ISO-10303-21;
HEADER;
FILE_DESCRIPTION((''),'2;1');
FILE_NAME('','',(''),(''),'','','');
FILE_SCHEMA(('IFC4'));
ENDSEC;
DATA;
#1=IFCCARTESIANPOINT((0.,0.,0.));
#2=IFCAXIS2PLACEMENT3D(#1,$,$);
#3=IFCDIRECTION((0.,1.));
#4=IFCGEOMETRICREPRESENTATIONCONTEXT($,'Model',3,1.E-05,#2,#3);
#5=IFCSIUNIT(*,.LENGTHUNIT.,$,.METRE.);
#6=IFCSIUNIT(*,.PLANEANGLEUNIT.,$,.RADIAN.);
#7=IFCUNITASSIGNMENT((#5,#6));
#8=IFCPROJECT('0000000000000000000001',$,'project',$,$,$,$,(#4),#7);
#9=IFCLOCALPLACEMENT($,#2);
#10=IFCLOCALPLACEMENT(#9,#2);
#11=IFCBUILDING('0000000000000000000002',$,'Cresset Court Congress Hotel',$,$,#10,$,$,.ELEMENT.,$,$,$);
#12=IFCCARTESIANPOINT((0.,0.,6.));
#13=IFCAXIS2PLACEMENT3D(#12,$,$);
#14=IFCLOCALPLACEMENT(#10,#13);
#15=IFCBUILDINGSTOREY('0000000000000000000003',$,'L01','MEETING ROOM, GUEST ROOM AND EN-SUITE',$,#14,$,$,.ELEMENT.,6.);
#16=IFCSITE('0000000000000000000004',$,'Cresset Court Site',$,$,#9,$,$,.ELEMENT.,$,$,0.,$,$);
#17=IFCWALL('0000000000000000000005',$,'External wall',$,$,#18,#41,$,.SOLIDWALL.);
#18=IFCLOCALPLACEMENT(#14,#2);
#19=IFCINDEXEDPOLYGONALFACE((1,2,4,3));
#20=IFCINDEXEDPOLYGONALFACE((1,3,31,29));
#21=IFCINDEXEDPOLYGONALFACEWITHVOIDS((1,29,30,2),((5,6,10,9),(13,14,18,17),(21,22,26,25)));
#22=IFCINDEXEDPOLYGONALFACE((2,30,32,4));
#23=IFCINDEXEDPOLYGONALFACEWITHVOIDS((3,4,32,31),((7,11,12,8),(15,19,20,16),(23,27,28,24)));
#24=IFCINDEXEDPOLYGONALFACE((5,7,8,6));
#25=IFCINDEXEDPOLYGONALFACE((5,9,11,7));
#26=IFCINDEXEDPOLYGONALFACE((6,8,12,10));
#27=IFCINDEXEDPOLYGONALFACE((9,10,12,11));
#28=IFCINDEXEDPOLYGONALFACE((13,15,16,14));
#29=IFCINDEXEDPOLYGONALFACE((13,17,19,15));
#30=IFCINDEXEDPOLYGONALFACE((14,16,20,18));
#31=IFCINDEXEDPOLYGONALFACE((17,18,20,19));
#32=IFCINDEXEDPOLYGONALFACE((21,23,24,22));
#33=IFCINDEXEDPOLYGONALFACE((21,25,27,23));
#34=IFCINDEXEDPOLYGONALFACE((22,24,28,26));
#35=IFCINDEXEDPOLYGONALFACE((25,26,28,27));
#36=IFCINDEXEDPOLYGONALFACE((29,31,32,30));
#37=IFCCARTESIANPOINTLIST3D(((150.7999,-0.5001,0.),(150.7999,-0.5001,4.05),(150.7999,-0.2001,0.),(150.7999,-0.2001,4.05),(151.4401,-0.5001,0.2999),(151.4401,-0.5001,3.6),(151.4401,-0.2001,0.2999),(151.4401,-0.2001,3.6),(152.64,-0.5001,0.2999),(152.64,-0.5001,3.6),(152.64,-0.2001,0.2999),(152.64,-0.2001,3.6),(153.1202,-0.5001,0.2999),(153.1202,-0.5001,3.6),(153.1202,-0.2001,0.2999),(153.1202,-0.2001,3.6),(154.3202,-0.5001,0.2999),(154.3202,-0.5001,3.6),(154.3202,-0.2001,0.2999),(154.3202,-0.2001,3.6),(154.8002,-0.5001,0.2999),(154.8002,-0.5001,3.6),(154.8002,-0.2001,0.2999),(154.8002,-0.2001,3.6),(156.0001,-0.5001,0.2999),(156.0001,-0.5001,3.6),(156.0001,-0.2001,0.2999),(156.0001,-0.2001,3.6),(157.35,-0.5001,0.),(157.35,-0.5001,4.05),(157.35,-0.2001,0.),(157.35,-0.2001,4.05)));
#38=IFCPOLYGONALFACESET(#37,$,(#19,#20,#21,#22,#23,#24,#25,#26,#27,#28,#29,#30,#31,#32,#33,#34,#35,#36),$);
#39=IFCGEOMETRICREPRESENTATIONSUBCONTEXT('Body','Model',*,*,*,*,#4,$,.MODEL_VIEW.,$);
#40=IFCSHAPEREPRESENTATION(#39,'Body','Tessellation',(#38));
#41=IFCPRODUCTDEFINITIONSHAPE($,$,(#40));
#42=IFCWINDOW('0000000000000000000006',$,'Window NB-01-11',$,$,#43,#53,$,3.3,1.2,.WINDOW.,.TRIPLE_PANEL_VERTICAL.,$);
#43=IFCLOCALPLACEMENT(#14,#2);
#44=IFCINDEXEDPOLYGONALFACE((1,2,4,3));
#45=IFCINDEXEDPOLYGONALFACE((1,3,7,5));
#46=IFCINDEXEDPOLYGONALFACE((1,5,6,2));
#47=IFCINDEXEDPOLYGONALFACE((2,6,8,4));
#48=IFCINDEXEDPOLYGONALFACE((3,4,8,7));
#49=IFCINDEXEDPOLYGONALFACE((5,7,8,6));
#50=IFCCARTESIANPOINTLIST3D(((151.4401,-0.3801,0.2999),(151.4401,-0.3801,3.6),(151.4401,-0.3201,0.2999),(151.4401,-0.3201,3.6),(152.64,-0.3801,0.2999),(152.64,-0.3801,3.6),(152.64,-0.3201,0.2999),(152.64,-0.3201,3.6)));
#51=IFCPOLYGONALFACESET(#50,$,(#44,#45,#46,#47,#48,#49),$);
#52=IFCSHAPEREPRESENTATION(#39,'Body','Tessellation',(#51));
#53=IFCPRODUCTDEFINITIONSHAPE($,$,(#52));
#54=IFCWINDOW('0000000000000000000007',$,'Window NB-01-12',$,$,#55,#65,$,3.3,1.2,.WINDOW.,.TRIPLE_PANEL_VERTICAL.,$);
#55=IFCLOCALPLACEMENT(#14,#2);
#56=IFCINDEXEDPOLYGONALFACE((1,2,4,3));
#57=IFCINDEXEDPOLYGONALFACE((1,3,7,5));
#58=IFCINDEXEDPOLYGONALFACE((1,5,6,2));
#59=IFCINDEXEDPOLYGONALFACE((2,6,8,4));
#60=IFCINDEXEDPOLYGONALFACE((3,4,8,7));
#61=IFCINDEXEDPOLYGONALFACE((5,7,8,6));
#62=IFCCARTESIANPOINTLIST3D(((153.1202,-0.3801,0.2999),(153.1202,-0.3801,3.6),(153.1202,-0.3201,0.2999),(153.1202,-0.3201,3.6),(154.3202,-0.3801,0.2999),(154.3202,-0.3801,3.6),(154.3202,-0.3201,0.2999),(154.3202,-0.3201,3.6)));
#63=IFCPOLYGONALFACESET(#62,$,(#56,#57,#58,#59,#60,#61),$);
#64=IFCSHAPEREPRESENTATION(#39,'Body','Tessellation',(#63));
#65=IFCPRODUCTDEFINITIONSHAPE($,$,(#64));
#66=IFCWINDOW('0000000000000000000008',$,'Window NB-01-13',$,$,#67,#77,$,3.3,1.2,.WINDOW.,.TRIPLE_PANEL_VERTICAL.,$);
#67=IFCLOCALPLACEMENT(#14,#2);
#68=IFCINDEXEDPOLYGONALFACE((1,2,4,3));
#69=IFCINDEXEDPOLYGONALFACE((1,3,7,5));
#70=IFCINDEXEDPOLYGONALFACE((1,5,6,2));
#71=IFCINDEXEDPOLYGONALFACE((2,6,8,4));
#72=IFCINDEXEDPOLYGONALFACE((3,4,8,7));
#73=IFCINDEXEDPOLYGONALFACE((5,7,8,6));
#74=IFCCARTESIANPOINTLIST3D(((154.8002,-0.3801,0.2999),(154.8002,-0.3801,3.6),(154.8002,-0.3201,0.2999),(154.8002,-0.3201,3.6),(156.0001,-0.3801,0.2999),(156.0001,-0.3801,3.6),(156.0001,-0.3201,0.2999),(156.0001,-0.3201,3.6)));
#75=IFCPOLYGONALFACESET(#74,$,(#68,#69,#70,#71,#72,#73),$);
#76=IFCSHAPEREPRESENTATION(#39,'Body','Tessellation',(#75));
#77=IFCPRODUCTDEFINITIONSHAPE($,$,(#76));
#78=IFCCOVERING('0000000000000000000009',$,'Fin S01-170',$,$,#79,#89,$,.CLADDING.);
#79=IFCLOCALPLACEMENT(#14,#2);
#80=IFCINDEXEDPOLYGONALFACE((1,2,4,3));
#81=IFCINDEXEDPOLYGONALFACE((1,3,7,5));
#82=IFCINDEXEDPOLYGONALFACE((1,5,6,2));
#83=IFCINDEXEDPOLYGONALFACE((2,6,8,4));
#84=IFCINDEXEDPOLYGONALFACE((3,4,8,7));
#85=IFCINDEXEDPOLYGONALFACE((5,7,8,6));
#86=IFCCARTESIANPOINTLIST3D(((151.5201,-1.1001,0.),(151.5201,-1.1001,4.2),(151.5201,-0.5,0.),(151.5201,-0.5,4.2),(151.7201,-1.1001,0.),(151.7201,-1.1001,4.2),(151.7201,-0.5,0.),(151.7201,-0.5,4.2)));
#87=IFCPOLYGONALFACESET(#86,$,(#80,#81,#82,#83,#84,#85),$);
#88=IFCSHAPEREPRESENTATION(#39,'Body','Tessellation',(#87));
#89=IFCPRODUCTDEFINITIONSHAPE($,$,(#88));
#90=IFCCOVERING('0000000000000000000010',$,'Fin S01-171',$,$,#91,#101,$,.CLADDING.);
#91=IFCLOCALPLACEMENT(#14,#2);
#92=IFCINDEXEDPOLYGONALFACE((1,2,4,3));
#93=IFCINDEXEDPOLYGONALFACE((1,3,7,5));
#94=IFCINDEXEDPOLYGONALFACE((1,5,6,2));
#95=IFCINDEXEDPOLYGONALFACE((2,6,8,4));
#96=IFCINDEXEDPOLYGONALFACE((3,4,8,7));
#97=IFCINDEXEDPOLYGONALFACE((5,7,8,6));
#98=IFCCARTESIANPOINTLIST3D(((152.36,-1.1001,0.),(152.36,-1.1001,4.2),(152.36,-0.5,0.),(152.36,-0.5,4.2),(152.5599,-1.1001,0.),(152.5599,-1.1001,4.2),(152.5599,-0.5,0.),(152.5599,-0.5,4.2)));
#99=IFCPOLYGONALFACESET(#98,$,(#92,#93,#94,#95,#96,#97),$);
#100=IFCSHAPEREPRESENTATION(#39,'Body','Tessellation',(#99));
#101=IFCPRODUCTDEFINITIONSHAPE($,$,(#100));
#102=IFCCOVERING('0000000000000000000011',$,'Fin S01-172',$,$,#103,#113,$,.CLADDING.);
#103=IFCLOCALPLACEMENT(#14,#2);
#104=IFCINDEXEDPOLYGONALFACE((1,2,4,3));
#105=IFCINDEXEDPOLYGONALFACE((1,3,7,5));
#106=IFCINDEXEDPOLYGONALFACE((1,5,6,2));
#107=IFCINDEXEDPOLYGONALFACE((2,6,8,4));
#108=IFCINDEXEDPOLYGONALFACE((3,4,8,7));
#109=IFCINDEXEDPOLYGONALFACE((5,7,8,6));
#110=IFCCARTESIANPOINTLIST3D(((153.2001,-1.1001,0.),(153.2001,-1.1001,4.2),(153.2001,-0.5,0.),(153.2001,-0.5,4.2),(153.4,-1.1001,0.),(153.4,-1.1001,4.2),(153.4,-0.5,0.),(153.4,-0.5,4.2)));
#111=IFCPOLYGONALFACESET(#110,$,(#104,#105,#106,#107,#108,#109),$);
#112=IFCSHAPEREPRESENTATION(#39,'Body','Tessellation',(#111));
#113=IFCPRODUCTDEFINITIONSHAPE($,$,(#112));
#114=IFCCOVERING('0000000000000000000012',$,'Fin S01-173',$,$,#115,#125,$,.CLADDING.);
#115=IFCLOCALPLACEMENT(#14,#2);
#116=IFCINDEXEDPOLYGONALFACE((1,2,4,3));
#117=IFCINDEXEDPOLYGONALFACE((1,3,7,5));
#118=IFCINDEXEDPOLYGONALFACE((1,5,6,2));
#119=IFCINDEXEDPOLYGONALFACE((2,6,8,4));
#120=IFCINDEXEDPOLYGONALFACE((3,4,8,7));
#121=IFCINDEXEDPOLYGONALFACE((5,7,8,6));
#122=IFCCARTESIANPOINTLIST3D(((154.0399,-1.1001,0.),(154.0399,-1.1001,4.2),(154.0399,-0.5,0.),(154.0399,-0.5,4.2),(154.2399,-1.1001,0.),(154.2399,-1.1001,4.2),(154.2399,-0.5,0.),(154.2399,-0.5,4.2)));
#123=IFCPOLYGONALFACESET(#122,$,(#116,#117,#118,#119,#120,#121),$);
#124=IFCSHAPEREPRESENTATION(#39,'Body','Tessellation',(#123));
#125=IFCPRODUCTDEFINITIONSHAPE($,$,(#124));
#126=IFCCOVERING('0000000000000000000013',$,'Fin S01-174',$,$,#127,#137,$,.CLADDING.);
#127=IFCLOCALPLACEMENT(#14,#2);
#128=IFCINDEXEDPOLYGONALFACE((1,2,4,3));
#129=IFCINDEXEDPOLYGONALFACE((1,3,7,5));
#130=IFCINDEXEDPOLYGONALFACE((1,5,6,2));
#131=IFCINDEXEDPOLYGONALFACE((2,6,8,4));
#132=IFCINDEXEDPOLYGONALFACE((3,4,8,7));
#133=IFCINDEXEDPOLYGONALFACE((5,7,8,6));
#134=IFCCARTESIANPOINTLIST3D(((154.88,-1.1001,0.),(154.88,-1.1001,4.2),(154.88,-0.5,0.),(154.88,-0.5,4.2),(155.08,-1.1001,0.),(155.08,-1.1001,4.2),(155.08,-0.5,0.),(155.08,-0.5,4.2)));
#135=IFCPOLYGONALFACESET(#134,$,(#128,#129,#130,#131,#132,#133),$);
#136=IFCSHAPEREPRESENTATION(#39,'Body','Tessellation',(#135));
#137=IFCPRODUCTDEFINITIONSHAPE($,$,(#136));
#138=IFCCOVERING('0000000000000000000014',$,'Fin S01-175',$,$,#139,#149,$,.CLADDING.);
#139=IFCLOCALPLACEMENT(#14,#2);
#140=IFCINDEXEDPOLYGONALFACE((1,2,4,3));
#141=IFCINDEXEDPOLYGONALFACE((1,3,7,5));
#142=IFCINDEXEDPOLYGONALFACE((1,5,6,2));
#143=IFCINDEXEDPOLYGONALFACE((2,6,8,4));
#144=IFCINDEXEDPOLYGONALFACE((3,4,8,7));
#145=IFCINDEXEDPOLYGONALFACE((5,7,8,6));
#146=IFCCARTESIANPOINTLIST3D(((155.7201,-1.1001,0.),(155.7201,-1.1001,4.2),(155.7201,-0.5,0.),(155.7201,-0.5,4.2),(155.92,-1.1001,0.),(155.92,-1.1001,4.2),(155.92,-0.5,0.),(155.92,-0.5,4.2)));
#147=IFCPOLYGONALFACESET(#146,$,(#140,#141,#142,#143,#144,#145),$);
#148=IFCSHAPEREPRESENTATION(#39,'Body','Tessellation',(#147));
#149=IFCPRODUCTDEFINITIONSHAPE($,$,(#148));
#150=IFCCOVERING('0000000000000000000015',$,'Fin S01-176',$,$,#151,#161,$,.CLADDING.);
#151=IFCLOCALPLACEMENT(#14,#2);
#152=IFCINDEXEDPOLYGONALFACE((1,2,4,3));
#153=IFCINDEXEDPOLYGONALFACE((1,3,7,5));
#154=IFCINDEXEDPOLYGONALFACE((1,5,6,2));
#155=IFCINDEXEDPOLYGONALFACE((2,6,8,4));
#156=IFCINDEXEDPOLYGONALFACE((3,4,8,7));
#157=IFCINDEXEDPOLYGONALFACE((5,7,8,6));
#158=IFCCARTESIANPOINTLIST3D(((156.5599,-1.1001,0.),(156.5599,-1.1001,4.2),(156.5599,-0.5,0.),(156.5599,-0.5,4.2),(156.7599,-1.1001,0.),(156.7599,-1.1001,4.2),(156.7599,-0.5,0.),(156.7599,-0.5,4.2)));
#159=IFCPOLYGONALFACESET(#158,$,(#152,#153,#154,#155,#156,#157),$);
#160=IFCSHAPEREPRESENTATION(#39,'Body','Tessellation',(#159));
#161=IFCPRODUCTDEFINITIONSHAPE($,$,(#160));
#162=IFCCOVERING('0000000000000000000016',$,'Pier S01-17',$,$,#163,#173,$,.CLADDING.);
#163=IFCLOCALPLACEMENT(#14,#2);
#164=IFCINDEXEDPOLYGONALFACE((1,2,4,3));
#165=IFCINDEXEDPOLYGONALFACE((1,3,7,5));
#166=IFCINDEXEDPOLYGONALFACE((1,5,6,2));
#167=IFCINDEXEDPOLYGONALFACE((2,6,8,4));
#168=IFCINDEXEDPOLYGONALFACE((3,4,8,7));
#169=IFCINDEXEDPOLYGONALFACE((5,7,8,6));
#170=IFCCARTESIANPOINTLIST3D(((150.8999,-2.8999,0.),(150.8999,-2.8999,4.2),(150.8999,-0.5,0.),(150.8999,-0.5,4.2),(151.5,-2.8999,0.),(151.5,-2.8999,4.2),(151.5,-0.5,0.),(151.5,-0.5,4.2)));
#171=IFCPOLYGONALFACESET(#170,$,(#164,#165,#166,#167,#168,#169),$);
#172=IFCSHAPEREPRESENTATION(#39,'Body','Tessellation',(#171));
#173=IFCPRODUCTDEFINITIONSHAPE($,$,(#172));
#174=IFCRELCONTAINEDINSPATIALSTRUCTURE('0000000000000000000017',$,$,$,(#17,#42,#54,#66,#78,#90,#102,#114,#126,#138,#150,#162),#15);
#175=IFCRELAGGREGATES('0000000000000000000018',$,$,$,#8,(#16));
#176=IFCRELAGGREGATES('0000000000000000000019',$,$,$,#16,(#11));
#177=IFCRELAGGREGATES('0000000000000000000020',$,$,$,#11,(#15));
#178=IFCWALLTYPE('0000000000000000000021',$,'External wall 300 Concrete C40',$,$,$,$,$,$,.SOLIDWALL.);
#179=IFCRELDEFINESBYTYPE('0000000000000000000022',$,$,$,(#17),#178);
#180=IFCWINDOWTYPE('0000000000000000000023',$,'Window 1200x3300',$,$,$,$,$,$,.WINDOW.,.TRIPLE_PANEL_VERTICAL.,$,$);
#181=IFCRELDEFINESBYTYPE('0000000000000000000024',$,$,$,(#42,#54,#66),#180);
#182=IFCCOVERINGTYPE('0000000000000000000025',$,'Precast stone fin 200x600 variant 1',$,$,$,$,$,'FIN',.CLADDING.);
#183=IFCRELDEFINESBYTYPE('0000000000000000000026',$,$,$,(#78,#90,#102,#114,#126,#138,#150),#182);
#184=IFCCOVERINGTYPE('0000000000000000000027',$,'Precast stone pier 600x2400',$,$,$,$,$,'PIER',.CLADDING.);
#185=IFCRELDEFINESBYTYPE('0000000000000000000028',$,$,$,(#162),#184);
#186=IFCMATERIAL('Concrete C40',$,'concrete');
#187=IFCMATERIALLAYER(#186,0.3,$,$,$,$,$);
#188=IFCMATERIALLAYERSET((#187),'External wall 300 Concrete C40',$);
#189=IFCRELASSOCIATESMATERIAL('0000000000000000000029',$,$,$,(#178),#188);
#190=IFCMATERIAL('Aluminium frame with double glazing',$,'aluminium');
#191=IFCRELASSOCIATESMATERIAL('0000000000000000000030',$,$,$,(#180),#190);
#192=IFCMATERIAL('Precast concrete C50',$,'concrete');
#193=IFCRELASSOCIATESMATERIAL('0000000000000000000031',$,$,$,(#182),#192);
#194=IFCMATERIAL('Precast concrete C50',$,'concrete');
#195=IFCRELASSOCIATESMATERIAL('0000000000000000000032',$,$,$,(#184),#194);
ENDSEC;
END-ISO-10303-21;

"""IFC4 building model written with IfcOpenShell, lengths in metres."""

from ifc_helpers import new_model, si_unit, direction, frame, frame_2d, origin, origin_2d, place, context, subcontext, project, spatial, rectangle, extrude, material, layer, layer_set, type_object, element, fill, save


model = new_model("IFC4")

# Units and contexts
model_context = context("Model", 3, precision=1e-05, world=origin(), true_north=direction((0.0, 1.0)))
body_context = subcontext(model_context, "Body", "Model", "MODEL_VIEW")
ifc_project = project(units=[si_unit("LENGTHUNIT", "METRE"), si_unit("PLANEANGLEUNIT", "RADIAN")], contexts=[model_context])

# Site, building, storey
site_placement = place(None, origin())
site = spatial("IfcSite", under=ifc_project, at=site_placement, Name="Cresset Court Site", CompositionType="ELEMENT", RefElevation=0.0)
building_placement = place(site_placement, origin())
building = spatial("IfcBuilding", under=site, at=building_placement, Name="Cresset Court Congress Hotel", CompositionType="ELEMENT")
storey_placement = place(building_placement, frame((0.0, 0.0, 6.0)))
storey = spatial("IfcBuildingStorey", under=building, at=storey_placement, Name="L01", Description="MEETING ROOM, GUEST ROOM AND EN-SUITE", CompositionType="ELEMENT", Elevation=6.0)

# Wall, openings, windows
ifc_material_1 = material(Name="Concrete C40", Category="concrete")
ifc_layer_1 = layer(ifc_material_1, 0.3)
ifc_layer_set_1 = layer_set([ifc_layer_1], Name="External wall 300 Concrete C40")
wall_type = type_object("IfcWallType", Name="External wall 300 Concrete C40", PredefinedType="SOLIDWALL", material=ifc_layer_set_1)
wall_placement = place(storey_placement, frame((150.8, -0.3501, 0.0), z_axis=(0.0, 0.0, 1.0), x_axis=(1.0, 0.0, 0.0)))
wall = element("IfcWall", 1, at=wall_placement, inside=storey, type_object=wall_type, Name="External wall", PredefinedType="SOLIDWALL", context=body_context, shape_type="SweptSolid", body=[
    extrude(rectangle(XDim=6.55, YDim=0.3, at=frame_2d((3.2749, 0.0))), origin(), (0.0, 0.0, 1.0), 4.05),
])
opening_1_placement = place(wall_placement, frame((0.6399, 0.0, 0.3)))
opening_1 = element("IfcOpeningElement", 2, at=opening_1_placement, cuts=wall, PredefinedType="OPENING", context=body_context, shape_type="SweptSolid", body=[
    extrude(rectangle(XDim=1.2, YDim=3.3, at=frame_2d((0.6001, 1.6499))), frame((0.0, 0.1599, 0.0), z_axis=(0.0, -1.0, 0.0), x_axis=(1.0, 0.0, 0.0)), (0.0, 0.0, 1.0), 0.3201),
])
opening_2_placement = place(wall_placement, frame((2.3201, 0.0, 0.3)))
opening_2 = element("IfcOpeningElement", 3, at=opening_2_placement, cuts=wall, PredefinedType="OPENING", context=body_context, shape_type="SweptSolid", body=[
    extrude(rectangle(XDim=1.2, YDim=3.3, at=frame_2d((0.6001, 1.6499))), frame((0.0, 0.1599, 0.0), z_axis=(0.0, -1.0, 0.0), x_axis=(1.0, 0.0, 0.0)), (0.0, 0.0, 1.0), 0.3201),
])
opening_3_placement = place(wall_placement, frame((4.0, 0.0, 0.3)))
opening_3 = element("IfcOpeningElement", 4, at=opening_3_placement, cuts=wall, PredefinedType="OPENING", context=body_context, shape_type="SweptSolid", body=[
    extrude(rectangle(XDim=1.2, YDim=3.3, at=frame_2d((0.6001, 1.6499))), frame((0.0, 0.1599, 0.0), z_axis=(0.0, -1.0, 0.0), x_axis=(1.0, 0.0, 0.0)), (0.0, 0.0, 1.0), 0.3201),
])
ifc_material_2 = material(Name="Aluminium frame with double glazing", Category="aluminium")
window_type = type_object("IfcWindowType", Name="Window 1200x3300", PartitioningType="TRIPLE_PANEL_VERTICAL", PredefinedType="WINDOW", material=ifc_material_2)
window_1_placement = place(opening_1_placement, origin())
window_1 = element("IfcWindow", 5, at=window_1_placement, inside=storey, type_object=window_type, Name="Window NB-01-11", OverallHeight=3.3, OverallWidth=1.2, PartitioningType="TRIPLE_PANEL_VERTICAL", PredefinedType="WINDOW", context=body_context, shape_type="SweptSolid", body=[
    extrude(rectangle(XDim=1.2, YDim=3.3, at=frame_2d((0.6001, 1.6499))), frame((0.0, 0.03, 0.0), z_axis=(0.0, -1.0, 0.0), x_axis=(1.0, 0.0, 0.0)), (0.0, 0.0, 1.0), 0.0601),
])
fill(opening_1, window_1)
window_2_placement = place(opening_2_placement, origin())
window_2 = element("IfcWindow", 6, at=window_2_placement, inside=storey, type_object=window_type, Name="Window NB-01-12", OverallHeight=3.3, OverallWidth=1.2, PartitioningType="TRIPLE_PANEL_VERTICAL", PredefinedType="WINDOW", context=body_context, shape_type="SweptSolid", body=[
    extrude(rectangle(XDim=1.2, YDim=3.3, at=frame_2d((0.6001, 1.6499))), frame((0.0, 0.03, 0.0), z_axis=(0.0, -1.0, 0.0), x_axis=(1.0, 0.0, 0.0)), (0.0, 0.0, 1.0), 0.0601),
])
fill(opening_2, window_2)
window_3_placement = place(opening_3_placement, origin())
window_3 = element("IfcWindow", 7, at=window_3_placement, inside=storey, type_object=window_type, Name="Window NB-01-13", OverallHeight=3.3, OverallWidth=1.2, PartitioningType="TRIPLE_PANEL_VERTICAL", PredefinedType="WINDOW", context=body_context, shape_type="SweptSolid", body=[
    extrude(rectangle(XDim=1.2, YDim=3.3, at=frame_2d((0.6001, 1.6499))), frame((0.0, 0.03, 0.0), z_axis=(0.0, -1.0, 0.0), x_axis=(1.0, 0.0, 0.0)), (0.0, 0.0, 1.0), 0.0601),
])
fill(opening_3, window_3)

# Coverings
ifc_material_3 = material(Name="Precast concrete C50", Category="concrete")
covering_type_1 = type_object("IfcCoveringType", Name="Precast stone fin 200x600 variant 1", ElementType="FIN", PredefinedType="CLADDING", material=ifc_material_3)
for number, where, z_axis, x_axis, name in (
    (8, (151.6201, -0.8, 0.0), (0.0, 0.0, 1.0), (1.0, 0.0, 0.0), "Fin S01-170"),
    (9, (152.46, -0.8, 0.0), (0.0, 0.0, 1.0), (1.0, 0.0, 0.0), "Fin S01-171"),
    (10, (153.3, -0.8, 0.0), (0.0, 0.0, 1.0), (1.0, 0.0, 0.0), "Fin S01-172"),
    (11, (154.1399, -0.8, 0.0), (0.0, 0.0, 1.0), (1.0, 0.0, 0.0), "Fin S01-173"),
    (12, (154.98, -0.8, 0.0), (0.0, 0.0, 1.0), (1.0, 0.0, 0.0), "Fin S01-174"),
    (13, (155.8201, -0.8, 0.0), (0.0, 0.0, 1.0), (1.0, 0.0, 0.0), "Fin S01-175"),
    (14, (156.6599, -0.8, 0.0), (0.0, 0.0, 1.0), (1.0, 0.0, 0.0), "Fin S01-176"),
):
    element("IfcCovering", number, at=place(storey_placement, frame(where, z_axis=z_axis, x_axis=x_axis)), inside=storey, type_object=covering_type_1, Name=name, PredefinedType="CLADDING", context=body_context, shape_type="SweptSolid", body=[
        extrude(rectangle(XDim=0.2, YDim=0.6001, at=origin_2d()), origin(), (0.0, 0.0, 1.0), 4.2),
    ])
ifc_material_4 = material(Name="Precast concrete C50", Category="concrete")
covering_type_2 = type_object("IfcCoveringType", Name="Precast stone pier 600x2400", ElementType="PIER", PredefinedType="CLADDING", material=ifc_material_4)
covering_placement = place(storey_placement, frame((151.2, -1.7, 0.0), z_axis=(0.0, 0.0, 1.0), x_axis=(1.0, 0.0, 0.0)))
element("IfcCovering", 15, at=covering_placement, inside=storey, type_object=covering_type_2, Name="Pier S01-17", PredefinedType="CLADDING", context=body_context, shape_type="SweptSolid", body=[
    extrude(rectangle(XDim=0.6001, YDim=2.3999, at=origin_2d()), origin(), (0.0, 0.0, 1.0), 4.2),
])

save(model, "model.ifc")
